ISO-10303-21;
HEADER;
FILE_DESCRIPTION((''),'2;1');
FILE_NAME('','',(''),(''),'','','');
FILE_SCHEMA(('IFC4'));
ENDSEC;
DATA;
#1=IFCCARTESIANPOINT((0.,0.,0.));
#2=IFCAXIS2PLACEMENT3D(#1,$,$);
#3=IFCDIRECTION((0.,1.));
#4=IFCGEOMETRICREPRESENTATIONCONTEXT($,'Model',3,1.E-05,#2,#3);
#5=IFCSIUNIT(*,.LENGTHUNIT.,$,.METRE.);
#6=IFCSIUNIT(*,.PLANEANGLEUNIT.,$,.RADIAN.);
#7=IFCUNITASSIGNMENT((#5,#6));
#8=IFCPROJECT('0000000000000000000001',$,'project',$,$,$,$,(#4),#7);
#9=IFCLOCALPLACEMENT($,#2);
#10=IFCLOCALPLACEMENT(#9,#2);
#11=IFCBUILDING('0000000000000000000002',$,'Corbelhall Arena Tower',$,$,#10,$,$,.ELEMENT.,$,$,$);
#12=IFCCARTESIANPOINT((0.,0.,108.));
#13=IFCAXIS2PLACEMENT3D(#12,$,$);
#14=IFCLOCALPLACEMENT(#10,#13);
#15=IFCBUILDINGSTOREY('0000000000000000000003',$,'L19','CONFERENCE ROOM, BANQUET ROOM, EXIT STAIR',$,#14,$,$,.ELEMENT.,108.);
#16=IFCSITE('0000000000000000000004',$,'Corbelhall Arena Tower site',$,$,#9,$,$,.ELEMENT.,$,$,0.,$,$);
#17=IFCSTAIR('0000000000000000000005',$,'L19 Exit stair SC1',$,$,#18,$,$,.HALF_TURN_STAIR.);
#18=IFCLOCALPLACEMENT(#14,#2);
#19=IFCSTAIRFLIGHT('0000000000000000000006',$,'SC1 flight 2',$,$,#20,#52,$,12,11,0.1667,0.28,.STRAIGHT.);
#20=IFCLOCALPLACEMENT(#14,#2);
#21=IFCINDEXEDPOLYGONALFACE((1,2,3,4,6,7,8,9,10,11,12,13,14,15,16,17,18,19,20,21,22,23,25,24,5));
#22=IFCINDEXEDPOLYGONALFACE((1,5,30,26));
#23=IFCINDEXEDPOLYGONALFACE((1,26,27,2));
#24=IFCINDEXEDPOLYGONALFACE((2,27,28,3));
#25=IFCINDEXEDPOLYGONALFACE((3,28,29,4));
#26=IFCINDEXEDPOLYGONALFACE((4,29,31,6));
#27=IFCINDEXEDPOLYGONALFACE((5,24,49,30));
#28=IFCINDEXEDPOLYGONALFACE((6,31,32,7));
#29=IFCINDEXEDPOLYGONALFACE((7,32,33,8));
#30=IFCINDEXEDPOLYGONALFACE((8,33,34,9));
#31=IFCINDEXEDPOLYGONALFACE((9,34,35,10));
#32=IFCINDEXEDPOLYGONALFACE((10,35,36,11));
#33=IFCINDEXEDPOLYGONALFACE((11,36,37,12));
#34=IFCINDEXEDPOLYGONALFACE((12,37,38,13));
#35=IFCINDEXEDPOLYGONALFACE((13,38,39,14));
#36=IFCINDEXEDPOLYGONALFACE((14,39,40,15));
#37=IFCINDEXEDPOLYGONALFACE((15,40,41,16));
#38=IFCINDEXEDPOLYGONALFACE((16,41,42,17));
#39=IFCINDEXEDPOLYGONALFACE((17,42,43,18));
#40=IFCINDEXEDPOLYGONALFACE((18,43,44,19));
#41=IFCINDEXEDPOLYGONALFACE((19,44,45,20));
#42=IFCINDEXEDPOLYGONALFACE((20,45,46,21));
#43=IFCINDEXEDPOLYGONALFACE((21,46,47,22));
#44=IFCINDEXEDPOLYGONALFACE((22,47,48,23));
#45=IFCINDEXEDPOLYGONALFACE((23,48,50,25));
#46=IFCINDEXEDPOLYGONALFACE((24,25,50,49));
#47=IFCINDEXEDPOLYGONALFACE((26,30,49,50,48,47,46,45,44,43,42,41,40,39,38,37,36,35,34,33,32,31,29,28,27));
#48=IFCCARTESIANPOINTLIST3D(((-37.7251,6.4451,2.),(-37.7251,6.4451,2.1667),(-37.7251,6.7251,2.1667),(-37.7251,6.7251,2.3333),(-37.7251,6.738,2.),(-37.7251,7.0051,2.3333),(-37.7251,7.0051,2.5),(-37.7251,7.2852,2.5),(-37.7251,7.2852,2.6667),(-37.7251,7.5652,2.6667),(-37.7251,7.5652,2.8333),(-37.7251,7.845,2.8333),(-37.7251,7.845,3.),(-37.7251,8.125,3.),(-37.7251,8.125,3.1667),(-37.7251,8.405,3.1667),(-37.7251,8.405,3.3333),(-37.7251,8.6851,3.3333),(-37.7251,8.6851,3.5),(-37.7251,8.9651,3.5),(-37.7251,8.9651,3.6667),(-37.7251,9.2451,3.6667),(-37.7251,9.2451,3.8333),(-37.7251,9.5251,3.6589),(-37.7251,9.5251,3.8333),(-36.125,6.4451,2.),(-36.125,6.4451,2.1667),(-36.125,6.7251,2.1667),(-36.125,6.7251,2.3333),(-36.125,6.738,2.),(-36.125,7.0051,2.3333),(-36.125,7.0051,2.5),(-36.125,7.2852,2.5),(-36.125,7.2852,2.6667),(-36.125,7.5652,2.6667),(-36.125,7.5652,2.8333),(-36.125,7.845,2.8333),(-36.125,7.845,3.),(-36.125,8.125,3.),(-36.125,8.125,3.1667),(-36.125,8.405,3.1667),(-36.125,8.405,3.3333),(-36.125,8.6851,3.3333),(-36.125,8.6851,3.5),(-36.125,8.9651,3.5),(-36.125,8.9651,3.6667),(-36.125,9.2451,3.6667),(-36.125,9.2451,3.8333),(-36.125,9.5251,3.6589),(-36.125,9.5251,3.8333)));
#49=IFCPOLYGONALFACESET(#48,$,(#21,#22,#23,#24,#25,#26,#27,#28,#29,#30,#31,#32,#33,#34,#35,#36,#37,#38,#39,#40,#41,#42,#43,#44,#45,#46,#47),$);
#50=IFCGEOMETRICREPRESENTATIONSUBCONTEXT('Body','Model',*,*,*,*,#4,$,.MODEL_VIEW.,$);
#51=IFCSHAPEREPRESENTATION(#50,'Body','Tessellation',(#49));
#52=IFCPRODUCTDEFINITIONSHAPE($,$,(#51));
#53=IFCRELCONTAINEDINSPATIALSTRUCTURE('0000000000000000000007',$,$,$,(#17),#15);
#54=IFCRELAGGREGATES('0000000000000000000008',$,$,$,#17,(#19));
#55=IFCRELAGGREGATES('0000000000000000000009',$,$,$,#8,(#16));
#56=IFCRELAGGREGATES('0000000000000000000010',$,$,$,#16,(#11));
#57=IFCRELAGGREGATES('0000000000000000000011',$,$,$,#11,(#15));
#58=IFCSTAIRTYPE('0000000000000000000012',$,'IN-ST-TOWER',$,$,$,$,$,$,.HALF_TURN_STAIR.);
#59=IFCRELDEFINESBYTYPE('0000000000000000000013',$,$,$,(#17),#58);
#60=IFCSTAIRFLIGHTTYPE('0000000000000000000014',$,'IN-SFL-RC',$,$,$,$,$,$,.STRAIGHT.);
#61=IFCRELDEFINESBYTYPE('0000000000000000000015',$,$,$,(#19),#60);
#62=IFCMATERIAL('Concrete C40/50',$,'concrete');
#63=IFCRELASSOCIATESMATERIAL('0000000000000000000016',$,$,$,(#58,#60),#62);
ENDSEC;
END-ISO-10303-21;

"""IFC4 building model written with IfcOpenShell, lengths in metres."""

from ifc_helpers import new_model, si_unit, direction, frame, origin, place, context, subcontext, project, spatial, polyline, outline, extrude, material, type_object, element, aggregate, save


model = new_model("IFC4")

# Units and contexts
model_context = context("Model", 3, precision=1e-05, world=origin(), true_north=direction((0.0, 1.0)))
body_context = subcontext(model_context, "Body", "Model", "MODEL_VIEW")
ifc_project = project(units=[si_unit("LENGTHUNIT", "METRE"), si_unit("PLANEANGLEUNIT", "RADIAN")], contexts=[model_context])

# Site, building, storey
site_placement = place(None, origin())
site = spatial("IfcSite", under=ifc_project, at=site_placement, Name="Corbelhall Arena Tower site", CompositionType="ELEMENT", RefElevation=0.0)
building_placement = place(site_placement, origin())
building = spatial("IfcBuilding", under=site, at=building_placement, Name="Corbelhall Arena Tower", CompositionType="ELEMENT")
storey_placement = place(building_placement, frame((0.0, 0.0, 108.0)))
storey = spatial("IfcBuildingStorey", under=building, at=storey_placement, Name="L19", Description="CONFERENCE ROOM, BANQUET ROOM, EXIT STAIR", CompositionType="ELEMENT", Elevation=108.0)

# Shared definitions
ifc_material_1 = material(Name="Concrete C40/50", Category="concrete")

# Stair, stair flight
stair_type = type_object("IfcStairType", Name="IN-ST-TOWER", PredefinedType="HALF_TURN_STAIR", material=ifc_material_1)
stair_placement = place(storey_placement, origin())
stair = element("IfcStair", 1, at=stair_placement, inside=storey, type_object=stair_type, Name="L19 Exit stair SC1", PredefinedType="HALF_TURN_STAIR")
stair_flight_type = type_object("IfcStairFlightType", Name="IN-SFL-RC", PredefinedType="STRAIGHT", material=ifc_material_1)
stair_flight_1_placement = place(storey_placement, frame((-36.925, 6.4451, 2.0), z_axis=(0.0, 0.0, 1.0), x_axis=(0.0, 1.0, 0.0)))
stair_flight_1 = element("IfcStairFlight", 2, at=stair_flight_1_placement, type_object=stair_flight_type, Name="SC1 flight 2", NumberOfRisers=12, NumberOfTreads=11, PredefinedType="STRAIGHT", RiserHeight=0.1667, TreadLength=0.28, context=body_context, shape_type="SweptSolid", body=[
    extrude(outline(polyline([(0.0, 0.0), (0.0, 0.1667), (0.28, 0.1667), (0.28, 0.3333), (0.5601, 0.3333), (0.5601, 0.5), (0.8401, 0.5), (0.8401, 0.6667), (1.1201, 0.6667), (1.1201, 0.8333), (1.3999, 0.8333), (1.3999, 1.0), (1.6799, 1.0), (1.6799, 1.1667), (1.96, 1.1667), (1.96, 1.3333), (2.24, 1.3333), (2.24, 1.5), (2.52, 1.5), (2.52, 1.6667), (2.8, 1.6667), (2.8, 1.8333), (3.0801, 1.8333), (3.0801, 2.0), (3.0801, 1.6589), (0.293, 0.0), (0.0, 0.0)])), frame((0.0, 0.8, 0.0), z_axis=(0.0, -1.0, 0.0), x_axis=(1.0, 0.0, 0.0)), (0.0, 0.0, 1.0), 1.6001),
])
aggregate(stair, [stair_flight_1])

save(model, "model.ifc")
